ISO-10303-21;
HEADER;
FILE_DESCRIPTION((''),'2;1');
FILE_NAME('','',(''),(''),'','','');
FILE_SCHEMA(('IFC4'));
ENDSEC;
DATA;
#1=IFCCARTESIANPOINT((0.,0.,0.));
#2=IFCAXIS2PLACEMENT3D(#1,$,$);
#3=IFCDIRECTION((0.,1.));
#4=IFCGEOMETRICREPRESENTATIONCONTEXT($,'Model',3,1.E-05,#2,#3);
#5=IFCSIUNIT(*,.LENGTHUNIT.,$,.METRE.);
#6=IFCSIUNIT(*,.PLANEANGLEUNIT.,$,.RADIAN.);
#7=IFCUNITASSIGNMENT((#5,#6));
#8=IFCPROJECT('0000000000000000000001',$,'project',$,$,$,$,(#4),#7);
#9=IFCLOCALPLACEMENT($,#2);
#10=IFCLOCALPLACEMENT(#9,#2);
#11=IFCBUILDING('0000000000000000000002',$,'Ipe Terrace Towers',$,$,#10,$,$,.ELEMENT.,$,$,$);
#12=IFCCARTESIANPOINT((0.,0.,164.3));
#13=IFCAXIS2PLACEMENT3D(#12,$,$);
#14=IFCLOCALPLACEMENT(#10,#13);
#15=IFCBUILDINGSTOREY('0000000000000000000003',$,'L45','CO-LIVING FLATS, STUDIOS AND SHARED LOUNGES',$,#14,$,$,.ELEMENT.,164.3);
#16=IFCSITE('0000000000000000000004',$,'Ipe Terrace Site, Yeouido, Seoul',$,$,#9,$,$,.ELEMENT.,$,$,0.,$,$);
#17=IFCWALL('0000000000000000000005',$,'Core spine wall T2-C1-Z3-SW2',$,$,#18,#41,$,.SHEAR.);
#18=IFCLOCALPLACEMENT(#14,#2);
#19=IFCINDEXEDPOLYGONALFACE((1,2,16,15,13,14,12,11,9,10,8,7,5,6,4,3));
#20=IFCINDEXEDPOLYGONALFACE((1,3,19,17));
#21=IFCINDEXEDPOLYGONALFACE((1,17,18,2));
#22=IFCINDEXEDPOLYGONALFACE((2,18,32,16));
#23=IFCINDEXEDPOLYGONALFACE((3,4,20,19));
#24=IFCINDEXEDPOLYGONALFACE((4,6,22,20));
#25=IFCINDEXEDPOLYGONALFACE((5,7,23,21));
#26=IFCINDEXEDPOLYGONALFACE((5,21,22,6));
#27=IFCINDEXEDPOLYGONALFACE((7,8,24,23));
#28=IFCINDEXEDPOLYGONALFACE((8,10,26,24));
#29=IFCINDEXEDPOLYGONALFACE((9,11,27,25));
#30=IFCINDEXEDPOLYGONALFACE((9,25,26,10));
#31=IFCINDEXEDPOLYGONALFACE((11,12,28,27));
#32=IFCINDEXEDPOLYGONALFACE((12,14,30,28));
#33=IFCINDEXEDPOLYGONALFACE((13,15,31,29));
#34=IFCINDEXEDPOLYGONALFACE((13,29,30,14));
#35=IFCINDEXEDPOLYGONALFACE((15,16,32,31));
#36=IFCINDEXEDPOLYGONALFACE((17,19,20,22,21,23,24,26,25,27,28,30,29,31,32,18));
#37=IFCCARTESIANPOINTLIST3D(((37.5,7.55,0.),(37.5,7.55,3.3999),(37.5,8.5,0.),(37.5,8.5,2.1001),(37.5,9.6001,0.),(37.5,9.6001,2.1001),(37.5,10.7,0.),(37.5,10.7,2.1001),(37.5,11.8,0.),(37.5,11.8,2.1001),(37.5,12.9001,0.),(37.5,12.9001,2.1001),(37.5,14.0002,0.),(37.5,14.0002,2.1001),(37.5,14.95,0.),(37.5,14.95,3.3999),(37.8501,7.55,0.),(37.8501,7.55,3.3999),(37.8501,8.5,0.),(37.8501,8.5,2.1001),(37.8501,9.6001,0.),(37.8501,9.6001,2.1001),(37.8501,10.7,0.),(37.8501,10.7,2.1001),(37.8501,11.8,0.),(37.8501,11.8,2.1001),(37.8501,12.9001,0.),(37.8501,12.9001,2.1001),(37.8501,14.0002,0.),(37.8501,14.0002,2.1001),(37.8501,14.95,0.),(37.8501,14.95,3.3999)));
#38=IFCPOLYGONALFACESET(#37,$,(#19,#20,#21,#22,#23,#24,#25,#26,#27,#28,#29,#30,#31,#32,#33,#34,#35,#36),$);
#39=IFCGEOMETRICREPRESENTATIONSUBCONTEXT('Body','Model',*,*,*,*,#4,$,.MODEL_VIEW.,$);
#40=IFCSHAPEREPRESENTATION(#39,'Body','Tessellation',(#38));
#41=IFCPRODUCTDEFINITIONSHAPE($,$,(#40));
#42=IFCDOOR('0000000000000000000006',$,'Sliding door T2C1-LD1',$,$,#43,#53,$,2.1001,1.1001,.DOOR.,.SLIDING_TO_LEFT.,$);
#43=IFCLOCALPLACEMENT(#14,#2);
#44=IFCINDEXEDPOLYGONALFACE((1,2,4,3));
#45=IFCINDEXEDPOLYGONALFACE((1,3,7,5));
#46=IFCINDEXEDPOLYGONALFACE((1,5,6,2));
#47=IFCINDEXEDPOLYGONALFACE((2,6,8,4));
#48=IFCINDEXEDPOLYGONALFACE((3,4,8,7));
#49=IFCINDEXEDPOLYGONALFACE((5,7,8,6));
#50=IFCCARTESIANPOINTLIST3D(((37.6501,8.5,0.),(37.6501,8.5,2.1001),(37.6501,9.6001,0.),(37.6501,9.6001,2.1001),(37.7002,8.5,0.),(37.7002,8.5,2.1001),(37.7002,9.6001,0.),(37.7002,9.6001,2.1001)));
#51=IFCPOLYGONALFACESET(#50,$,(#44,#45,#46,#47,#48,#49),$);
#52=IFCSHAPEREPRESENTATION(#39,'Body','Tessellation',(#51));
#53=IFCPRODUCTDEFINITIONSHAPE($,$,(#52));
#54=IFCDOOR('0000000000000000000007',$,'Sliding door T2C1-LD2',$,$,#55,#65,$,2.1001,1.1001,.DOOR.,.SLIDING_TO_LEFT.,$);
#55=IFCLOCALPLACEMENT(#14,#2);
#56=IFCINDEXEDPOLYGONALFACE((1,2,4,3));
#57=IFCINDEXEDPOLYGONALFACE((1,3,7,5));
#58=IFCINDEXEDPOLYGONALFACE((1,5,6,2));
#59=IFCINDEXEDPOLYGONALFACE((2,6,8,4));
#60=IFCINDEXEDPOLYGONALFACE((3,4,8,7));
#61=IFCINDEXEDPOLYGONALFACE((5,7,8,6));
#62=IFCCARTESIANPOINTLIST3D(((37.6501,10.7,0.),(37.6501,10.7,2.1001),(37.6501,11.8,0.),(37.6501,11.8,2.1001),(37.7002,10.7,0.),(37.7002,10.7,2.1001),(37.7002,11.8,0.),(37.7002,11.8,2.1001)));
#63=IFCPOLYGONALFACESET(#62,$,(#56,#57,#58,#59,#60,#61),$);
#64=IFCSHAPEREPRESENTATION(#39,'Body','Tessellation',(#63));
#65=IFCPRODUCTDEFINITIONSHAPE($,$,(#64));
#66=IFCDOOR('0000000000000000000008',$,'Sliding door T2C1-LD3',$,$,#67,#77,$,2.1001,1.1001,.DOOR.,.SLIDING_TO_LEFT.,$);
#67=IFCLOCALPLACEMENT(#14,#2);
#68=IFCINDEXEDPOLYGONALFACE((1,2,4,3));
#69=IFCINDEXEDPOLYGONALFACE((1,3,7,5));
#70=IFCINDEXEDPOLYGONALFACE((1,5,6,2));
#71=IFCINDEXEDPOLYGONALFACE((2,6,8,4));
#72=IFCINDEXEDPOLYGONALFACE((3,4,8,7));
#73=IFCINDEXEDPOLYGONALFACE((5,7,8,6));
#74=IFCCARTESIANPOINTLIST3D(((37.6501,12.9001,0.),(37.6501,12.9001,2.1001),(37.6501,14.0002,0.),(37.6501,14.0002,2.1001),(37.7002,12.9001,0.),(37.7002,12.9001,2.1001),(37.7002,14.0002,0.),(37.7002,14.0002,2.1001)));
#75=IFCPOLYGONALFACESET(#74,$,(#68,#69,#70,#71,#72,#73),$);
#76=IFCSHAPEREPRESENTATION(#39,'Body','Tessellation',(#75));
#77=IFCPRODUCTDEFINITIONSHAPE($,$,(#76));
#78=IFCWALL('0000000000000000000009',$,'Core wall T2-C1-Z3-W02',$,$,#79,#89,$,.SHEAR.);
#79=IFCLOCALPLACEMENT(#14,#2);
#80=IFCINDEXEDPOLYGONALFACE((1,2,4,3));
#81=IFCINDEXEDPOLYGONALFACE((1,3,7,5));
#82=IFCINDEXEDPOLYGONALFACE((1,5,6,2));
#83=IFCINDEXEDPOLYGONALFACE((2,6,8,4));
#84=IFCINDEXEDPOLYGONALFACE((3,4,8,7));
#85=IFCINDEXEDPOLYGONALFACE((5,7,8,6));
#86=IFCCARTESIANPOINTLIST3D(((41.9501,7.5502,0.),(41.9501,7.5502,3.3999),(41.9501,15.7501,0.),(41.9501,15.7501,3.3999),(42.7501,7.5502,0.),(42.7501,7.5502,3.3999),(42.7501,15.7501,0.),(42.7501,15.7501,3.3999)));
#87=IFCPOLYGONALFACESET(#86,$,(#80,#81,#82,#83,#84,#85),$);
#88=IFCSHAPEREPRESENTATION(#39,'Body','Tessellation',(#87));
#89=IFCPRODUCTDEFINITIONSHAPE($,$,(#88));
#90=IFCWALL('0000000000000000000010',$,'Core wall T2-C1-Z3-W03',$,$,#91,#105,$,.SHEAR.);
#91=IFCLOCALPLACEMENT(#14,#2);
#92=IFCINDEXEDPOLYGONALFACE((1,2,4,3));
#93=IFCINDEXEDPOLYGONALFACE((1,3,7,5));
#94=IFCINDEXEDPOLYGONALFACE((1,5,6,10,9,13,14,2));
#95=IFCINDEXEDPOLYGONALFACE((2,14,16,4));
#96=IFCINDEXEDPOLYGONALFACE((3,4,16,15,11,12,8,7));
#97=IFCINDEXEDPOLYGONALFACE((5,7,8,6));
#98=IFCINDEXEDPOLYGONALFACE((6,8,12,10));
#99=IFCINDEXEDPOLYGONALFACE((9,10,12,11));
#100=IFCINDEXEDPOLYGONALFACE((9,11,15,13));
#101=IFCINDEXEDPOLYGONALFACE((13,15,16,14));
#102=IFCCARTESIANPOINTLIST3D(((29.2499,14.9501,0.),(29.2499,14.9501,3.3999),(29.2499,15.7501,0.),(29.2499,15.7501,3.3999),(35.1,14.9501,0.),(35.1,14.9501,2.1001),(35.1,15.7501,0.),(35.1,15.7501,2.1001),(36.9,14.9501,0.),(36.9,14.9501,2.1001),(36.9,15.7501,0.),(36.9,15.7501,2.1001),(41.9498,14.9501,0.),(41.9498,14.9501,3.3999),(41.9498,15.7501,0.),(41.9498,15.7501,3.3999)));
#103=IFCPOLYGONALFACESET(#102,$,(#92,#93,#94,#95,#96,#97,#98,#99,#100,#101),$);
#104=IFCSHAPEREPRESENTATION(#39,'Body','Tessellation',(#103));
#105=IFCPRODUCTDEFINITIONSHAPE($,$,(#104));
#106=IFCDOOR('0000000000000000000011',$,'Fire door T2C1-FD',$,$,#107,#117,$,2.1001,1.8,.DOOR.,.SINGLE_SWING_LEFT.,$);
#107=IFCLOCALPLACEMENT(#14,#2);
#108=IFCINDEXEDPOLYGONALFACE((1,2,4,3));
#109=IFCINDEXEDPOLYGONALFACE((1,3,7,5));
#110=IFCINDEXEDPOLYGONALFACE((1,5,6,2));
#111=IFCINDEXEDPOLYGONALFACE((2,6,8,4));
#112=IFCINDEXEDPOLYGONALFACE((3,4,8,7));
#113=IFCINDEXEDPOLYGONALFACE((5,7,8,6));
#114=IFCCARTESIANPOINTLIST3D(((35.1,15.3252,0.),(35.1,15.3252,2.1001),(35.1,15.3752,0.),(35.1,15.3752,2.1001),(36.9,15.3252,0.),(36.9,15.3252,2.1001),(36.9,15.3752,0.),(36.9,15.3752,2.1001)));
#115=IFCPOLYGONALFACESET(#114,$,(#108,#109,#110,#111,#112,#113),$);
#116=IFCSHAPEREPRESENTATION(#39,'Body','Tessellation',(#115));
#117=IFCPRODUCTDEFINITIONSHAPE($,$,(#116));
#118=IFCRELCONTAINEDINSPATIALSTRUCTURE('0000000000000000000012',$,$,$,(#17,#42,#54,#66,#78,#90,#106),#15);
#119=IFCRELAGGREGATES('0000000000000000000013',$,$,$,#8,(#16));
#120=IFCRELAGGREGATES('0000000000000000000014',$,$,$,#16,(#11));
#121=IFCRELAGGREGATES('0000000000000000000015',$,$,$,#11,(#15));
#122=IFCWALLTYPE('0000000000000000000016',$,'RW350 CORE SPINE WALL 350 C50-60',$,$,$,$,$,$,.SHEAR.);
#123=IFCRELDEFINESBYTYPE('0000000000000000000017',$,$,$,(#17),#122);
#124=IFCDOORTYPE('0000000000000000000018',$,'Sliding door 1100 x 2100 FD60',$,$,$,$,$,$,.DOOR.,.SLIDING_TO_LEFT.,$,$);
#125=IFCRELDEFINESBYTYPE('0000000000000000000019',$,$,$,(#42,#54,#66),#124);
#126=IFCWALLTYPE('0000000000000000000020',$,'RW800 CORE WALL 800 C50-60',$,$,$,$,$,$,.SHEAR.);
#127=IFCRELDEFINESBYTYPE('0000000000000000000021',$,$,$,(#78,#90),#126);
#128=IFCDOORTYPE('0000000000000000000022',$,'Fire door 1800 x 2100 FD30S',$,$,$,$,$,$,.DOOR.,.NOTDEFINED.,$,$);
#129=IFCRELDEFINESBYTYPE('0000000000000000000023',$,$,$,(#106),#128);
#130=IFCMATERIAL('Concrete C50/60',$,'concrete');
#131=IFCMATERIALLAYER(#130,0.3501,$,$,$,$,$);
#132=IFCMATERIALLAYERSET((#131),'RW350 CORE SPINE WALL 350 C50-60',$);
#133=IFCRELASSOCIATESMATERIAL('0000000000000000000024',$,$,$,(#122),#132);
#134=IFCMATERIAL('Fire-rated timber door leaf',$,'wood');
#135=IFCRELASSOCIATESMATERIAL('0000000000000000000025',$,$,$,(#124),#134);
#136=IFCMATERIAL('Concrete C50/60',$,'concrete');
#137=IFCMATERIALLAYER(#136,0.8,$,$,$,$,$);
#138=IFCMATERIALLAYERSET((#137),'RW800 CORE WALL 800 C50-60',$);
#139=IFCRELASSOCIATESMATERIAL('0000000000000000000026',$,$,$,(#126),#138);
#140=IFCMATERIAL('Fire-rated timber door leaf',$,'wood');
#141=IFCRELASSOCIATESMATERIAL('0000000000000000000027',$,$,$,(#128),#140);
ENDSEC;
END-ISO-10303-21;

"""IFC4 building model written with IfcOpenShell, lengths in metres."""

from ifc_helpers import new_model, si_unit, direction, frame, frame_2d, origin, place, context, subcontext, project, spatial, rectangle, extrude, material, layer, layer_set, type_object, element, fill, save


model = new_model("IFC4")

# Units and contexts
model_context = context("Model", 3, precision=1e-05, world=origin(), true_north=direction((0.0, 1.0)))
body_context = subcontext(model_context, "Body", "Model", "MODEL_VIEW")
ifc_project = project(units=[si_unit("LENGTHUNIT", "METRE"), si_unit("PLANEANGLEUNIT", "RADIAN")], contexts=[model_context])

# Site, building, storey
site_placement = place(None, origin())
site = spatial("IfcSite", under=ifc_project, at=site_placement, Name="Ipe Terrace Site, Yeouido, Seoul", CompositionType="ELEMENT", RefElevation=0.0)
building_placement = place(site_placement, origin())
building = spatial("IfcBuilding", under=site, at=building_placement, Name="Ipe Terrace Towers", CompositionType="ELEMENT")
storey_placement = place(building_placement, frame((0.0, 0.0, 164.3)))
storey = spatial("IfcBuildingStorey", under=building, at=storey_placement, Name="L45", Description="CO-LIVING FLATS, STUDIOS AND SHARED LOUNGES", CompositionType="ELEMENT", Elevation=164.3)

# Wall, openings, doors
ifc_material_1 = material(Name="Concrete C50/60", Category="concrete")
ifc_layer_1 = layer(ifc_material_1, 0.3501)
ifc_layer_set_1 = layer_set([ifc_layer_1], Name="RW350 CORE SPINE WALL 350 C50-60")
wall_type_1 = type_object("IfcWallType", Name="RW350 CORE SPINE WALL 350 C50-60", PredefinedType="SHEAR", material=ifc_layer_set_1)
wall_1_placement = place(storey_placement, frame((37.675, 7.55, 0.0), z_axis=(0.0, 0.0, 1.0), x_axis=(0.0, 1.0, 0.0)))
wall_1 = element("IfcWall", 1, at=wall_1_placement, inside=storey, type_object=wall_type_1, Name="Core spine wall T2-C1-Z3-SW2", PredefinedType="SHEAR", context=body_context, shape_type="SweptSolid", body=[
    extrude(rectangle(XDim=7.3999, YDim=0.3501, at=frame_2d((3.7, 0.0))), origin(), (0.0, 0.0, 1.0), 3.3999),
])
opening_1_placement = place(wall_1_placement, frame((0.95, 0.0, 0.0)))
opening_1 = element("IfcOpeningElement", 2, at=opening_1_placement, cuts=wall_1, PredefinedType="OPENING", context=body_context, shape_type="SweptSolid", body=[
    extrude(rectangle(XDim=1.1001, YDim=2.1001, at=frame_2d((0.55, 1.05))), frame((0.0, 0.1851, 0.0), z_axis=(0.0, -1.0, 0.0), x_axis=(1.0, 0.0, 0.0)), (0.0, 0.0, 1.0), 0.3701),
])
opening_2_placement = place(wall_1_placement, frame((3.1499, 0.0, 0.0)))
opening_2 = element("IfcOpeningElement", 3, at=opening_2_placement, cuts=wall_1, PredefinedType="OPENING", context=body_context, shape_type="SweptSolid", body=[
    extrude(rectangle(XDim=1.1001, YDim=2.1001, at=frame_2d((0.55, 1.05))), frame((0.0, 0.1851, 0.0), z_axis=(0.0, -1.0, 0.0), x_axis=(1.0, 0.0, 0.0)), (0.0, 0.0, 1.0), 0.3701),
])
opening_3_placement = place(wall_1_placement, frame((5.3501, 0.0, 0.0)))
opening_3 = element("IfcOpeningElement", 4, at=opening_3_placement, cuts=wall_1, PredefinedType="OPENING", context=body_context, shape_type="SweptSolid", body=[
    extrude(rectangle(XDim=1.1001, YDim=2.1001, at=frame_2d((0.55, 1.05))), frame((0.0, 0.1851, 0.0), z_axis=(0.0, -1.0, 0.0), x_axis=(1.0, 0.0, 0.0)), (0.0, 0.0, 1.0), 0.3701),
])
ifc_material_2 = material(Name="Fire-rated timber door leaf", Category="wood")
door_type_1 = type_object("IfcDoorType", Name="Sliding door 1100 x 2100 FD60", OperationType="SLIDING_TO_LEFT", PredefinedType="DOOR", material=ifc_material_2)
door_1_placement = place(opening_1_placement, origin())
door_1 = element("IfcDoor", 5, at=door_1_placement, inside=storey, type_object=door_type_1, Name="Sliding door T2C1-LD1", OperationType="SLIDING_TO_LEFT", OverallHeight=2.1001, OverallWidth=1.1001, PredefinedType="DOOR", context=body_context, shape_type="SweptSolid", body=[
    extrude(rectangle(XDim=1.1001, YDim=2.1001, at=frame_2d((0.55, 1.05))), frame((0.0, 0.0249, 0.0), z_axis=(0.0, -1.0, 0.0), x_axis=(1.0, 0.0, 0.0)), (0.0, 0.0, 1.0), 0.05),
])
fill(opening_1, door_1)
door_2_placement = place(opening_2_placement, origin())
door_2 = element("IfcDoor", 6, at=door_2_placement, inside=storey, type_object=door_type_1, Name="Sliding door T2C1-LD2", OperationType="SLIDING_TO_LEFT", OverallHeight=2.1001, OverallWidth=1.1001, PredefinedType="DOOR", context=body_context, shape_type="SweptSolid", body=[
    extrude(rectangle(XDim=1.1001, YDim=2.1001, at=frame_2d((0.55, 1.05))), frame((0.0, 0.0249, 0.0), z_axis=(0.0, -1.0, 0.0), x_axis=(1.0, 0.0, 0.0)), (0.0, 0.0, 1.0), 0.05),
])
fill(opening_2, door_2)
door_3_placement = place(opening_3_placement, origin())
door_3 = element("IfcDoor", 7, at=door_3_placement, inside=storey, type_object=door_type_1, Name="Sliding door T2C1-LD3", OperationType="SLIDING_TO_LEFT", OverallHeight=2.1001, OverallWidth=1.1001, PredefinedType="DOOR", context=body_context, shape_type="SweptSolid", body=[
    extrude(rectangle(XDim=1.1001, YDim=2.1001, at=frame_2d((0.55, 1.05))), frame((0.0, 0.0249, 0.0), z_axis=(0.0, -1.0, 0.0), x_axis=(1.0, 0.0, 0.0)), (0.0, 0.0, 1.0), 0.05),
])
fill(opening_3, door_3)

# Wall
ifc_material_3 = material(Name="Concrete C50/60", Category="concrete")
ifc_layer_2 = layer(ifc_material_3, 0.8)
ifc_layer_set_2 = layer_set([ifc_layer_2], Name="RW800 CORE WALL 800 C50-60")
wall_type_2 = type_object("IfcWallType", Name="RW800 CORE WALL 800 C50-60", PredefinedType="SHEAR", material=ifc_layer_set_2)
wall_2_placement = place(storey_placement, frame((42.3501, 7.55, 0.0), z_axis=(0.0, 0.0, 1.0), x_axis=(0.0, 1.0, 0.0)))
element("IfcWall", 8, at=wall_2_placement, inside=storey, type_object=wall_type_2, Name="Core wall T2-C1-Z3-W02", PredefinedType="SHEAR", context=body_context, shape_type="SweptSolid", body=[
    extrude(rectangle(XDim=8.2, YDim=0.8, at=frame_2d((4.1001, 0.0))), origin(), (0.0, 0.0, 1.0), 3.3999),
])

# Wall, opening, door
wall_3_placement = place(storey_placement, frame((41.95, 15.3501, 0.0), z_axis=(0.0, 0.0, 1.0), x_axis=(-1.0, 0.0, 0.0)))
wall_3 = element("IfcWall", 9, at=wall_3_placement, inside=storey, type_object=wall_type_2, Name="Core wall T2-C1-Z3-W03", PredefinedType="SHEAR", context=body_context, shape_type="SweptSolid", body=[
    extrude(rectangle(XDim=12.7, YDim=0.8, at=frame_2d((6.3501, 0.0))), origin(), (0.0, 0.0, 1.0), 3.3999),
])
opening_4_placement = place(wall_3_placement, frame((5.05, 0.0, 0.0)))
opening_4 = element("IfcOpeningElement", 10, at=opening_4_placement, cuts=wall_3, PredefinedType="OPENING", context=body_context, shape_type="SweptSolid", body=[
    extrude(rectangle(XDim=1.8, YDim=2.1001, at=frame_2d((0.8999, 1.05))), frame((0.0, 0.4102, 0.0), z_axis=(0.0, -1.0, 0.0), x_axis=(1.0, 0.0, 0.0)), (0.0, 0.0, 1.0), 0.8201),
])
ifc_material_4 = material(Name="Fire-rated timber door leaf", Category="wood")
door_type_2 = type_object("IfcDoorType", Name="Fire door 1800 x 2100 FD30S", OperationType="NOTDEFINED", PredefinedType="DOOR", material=ifc_material_4)
door_4_placement = place(opening_4_placement, origin())
door_4 = element("IfcDoor", 11, at=door_4_placement, inside=storey, type_object=door_type_2, Name="Fire door T2C1-FD", OperationType="SINGLE_SWING_LEFT", OverallHeight=2.1001, OverallWidth=1.8, PredefinedType="DOOR", context=body_context, shape_type="SweptSolid", body=[
    extrude(rectangle(XDim=1.8, YDim=2.1001, at=frame_2d((0.8999, 1.05))), frame((0.0, 0.0249, 0.0), z_axis=(0.0, -1.0, 0.0), x_axis=(1.0, 0.0, 0.0)), (0.0, 0.0, 1.0), 0.05),
])
fill(opening_4, door_4)

save(model, "model.ifc")
